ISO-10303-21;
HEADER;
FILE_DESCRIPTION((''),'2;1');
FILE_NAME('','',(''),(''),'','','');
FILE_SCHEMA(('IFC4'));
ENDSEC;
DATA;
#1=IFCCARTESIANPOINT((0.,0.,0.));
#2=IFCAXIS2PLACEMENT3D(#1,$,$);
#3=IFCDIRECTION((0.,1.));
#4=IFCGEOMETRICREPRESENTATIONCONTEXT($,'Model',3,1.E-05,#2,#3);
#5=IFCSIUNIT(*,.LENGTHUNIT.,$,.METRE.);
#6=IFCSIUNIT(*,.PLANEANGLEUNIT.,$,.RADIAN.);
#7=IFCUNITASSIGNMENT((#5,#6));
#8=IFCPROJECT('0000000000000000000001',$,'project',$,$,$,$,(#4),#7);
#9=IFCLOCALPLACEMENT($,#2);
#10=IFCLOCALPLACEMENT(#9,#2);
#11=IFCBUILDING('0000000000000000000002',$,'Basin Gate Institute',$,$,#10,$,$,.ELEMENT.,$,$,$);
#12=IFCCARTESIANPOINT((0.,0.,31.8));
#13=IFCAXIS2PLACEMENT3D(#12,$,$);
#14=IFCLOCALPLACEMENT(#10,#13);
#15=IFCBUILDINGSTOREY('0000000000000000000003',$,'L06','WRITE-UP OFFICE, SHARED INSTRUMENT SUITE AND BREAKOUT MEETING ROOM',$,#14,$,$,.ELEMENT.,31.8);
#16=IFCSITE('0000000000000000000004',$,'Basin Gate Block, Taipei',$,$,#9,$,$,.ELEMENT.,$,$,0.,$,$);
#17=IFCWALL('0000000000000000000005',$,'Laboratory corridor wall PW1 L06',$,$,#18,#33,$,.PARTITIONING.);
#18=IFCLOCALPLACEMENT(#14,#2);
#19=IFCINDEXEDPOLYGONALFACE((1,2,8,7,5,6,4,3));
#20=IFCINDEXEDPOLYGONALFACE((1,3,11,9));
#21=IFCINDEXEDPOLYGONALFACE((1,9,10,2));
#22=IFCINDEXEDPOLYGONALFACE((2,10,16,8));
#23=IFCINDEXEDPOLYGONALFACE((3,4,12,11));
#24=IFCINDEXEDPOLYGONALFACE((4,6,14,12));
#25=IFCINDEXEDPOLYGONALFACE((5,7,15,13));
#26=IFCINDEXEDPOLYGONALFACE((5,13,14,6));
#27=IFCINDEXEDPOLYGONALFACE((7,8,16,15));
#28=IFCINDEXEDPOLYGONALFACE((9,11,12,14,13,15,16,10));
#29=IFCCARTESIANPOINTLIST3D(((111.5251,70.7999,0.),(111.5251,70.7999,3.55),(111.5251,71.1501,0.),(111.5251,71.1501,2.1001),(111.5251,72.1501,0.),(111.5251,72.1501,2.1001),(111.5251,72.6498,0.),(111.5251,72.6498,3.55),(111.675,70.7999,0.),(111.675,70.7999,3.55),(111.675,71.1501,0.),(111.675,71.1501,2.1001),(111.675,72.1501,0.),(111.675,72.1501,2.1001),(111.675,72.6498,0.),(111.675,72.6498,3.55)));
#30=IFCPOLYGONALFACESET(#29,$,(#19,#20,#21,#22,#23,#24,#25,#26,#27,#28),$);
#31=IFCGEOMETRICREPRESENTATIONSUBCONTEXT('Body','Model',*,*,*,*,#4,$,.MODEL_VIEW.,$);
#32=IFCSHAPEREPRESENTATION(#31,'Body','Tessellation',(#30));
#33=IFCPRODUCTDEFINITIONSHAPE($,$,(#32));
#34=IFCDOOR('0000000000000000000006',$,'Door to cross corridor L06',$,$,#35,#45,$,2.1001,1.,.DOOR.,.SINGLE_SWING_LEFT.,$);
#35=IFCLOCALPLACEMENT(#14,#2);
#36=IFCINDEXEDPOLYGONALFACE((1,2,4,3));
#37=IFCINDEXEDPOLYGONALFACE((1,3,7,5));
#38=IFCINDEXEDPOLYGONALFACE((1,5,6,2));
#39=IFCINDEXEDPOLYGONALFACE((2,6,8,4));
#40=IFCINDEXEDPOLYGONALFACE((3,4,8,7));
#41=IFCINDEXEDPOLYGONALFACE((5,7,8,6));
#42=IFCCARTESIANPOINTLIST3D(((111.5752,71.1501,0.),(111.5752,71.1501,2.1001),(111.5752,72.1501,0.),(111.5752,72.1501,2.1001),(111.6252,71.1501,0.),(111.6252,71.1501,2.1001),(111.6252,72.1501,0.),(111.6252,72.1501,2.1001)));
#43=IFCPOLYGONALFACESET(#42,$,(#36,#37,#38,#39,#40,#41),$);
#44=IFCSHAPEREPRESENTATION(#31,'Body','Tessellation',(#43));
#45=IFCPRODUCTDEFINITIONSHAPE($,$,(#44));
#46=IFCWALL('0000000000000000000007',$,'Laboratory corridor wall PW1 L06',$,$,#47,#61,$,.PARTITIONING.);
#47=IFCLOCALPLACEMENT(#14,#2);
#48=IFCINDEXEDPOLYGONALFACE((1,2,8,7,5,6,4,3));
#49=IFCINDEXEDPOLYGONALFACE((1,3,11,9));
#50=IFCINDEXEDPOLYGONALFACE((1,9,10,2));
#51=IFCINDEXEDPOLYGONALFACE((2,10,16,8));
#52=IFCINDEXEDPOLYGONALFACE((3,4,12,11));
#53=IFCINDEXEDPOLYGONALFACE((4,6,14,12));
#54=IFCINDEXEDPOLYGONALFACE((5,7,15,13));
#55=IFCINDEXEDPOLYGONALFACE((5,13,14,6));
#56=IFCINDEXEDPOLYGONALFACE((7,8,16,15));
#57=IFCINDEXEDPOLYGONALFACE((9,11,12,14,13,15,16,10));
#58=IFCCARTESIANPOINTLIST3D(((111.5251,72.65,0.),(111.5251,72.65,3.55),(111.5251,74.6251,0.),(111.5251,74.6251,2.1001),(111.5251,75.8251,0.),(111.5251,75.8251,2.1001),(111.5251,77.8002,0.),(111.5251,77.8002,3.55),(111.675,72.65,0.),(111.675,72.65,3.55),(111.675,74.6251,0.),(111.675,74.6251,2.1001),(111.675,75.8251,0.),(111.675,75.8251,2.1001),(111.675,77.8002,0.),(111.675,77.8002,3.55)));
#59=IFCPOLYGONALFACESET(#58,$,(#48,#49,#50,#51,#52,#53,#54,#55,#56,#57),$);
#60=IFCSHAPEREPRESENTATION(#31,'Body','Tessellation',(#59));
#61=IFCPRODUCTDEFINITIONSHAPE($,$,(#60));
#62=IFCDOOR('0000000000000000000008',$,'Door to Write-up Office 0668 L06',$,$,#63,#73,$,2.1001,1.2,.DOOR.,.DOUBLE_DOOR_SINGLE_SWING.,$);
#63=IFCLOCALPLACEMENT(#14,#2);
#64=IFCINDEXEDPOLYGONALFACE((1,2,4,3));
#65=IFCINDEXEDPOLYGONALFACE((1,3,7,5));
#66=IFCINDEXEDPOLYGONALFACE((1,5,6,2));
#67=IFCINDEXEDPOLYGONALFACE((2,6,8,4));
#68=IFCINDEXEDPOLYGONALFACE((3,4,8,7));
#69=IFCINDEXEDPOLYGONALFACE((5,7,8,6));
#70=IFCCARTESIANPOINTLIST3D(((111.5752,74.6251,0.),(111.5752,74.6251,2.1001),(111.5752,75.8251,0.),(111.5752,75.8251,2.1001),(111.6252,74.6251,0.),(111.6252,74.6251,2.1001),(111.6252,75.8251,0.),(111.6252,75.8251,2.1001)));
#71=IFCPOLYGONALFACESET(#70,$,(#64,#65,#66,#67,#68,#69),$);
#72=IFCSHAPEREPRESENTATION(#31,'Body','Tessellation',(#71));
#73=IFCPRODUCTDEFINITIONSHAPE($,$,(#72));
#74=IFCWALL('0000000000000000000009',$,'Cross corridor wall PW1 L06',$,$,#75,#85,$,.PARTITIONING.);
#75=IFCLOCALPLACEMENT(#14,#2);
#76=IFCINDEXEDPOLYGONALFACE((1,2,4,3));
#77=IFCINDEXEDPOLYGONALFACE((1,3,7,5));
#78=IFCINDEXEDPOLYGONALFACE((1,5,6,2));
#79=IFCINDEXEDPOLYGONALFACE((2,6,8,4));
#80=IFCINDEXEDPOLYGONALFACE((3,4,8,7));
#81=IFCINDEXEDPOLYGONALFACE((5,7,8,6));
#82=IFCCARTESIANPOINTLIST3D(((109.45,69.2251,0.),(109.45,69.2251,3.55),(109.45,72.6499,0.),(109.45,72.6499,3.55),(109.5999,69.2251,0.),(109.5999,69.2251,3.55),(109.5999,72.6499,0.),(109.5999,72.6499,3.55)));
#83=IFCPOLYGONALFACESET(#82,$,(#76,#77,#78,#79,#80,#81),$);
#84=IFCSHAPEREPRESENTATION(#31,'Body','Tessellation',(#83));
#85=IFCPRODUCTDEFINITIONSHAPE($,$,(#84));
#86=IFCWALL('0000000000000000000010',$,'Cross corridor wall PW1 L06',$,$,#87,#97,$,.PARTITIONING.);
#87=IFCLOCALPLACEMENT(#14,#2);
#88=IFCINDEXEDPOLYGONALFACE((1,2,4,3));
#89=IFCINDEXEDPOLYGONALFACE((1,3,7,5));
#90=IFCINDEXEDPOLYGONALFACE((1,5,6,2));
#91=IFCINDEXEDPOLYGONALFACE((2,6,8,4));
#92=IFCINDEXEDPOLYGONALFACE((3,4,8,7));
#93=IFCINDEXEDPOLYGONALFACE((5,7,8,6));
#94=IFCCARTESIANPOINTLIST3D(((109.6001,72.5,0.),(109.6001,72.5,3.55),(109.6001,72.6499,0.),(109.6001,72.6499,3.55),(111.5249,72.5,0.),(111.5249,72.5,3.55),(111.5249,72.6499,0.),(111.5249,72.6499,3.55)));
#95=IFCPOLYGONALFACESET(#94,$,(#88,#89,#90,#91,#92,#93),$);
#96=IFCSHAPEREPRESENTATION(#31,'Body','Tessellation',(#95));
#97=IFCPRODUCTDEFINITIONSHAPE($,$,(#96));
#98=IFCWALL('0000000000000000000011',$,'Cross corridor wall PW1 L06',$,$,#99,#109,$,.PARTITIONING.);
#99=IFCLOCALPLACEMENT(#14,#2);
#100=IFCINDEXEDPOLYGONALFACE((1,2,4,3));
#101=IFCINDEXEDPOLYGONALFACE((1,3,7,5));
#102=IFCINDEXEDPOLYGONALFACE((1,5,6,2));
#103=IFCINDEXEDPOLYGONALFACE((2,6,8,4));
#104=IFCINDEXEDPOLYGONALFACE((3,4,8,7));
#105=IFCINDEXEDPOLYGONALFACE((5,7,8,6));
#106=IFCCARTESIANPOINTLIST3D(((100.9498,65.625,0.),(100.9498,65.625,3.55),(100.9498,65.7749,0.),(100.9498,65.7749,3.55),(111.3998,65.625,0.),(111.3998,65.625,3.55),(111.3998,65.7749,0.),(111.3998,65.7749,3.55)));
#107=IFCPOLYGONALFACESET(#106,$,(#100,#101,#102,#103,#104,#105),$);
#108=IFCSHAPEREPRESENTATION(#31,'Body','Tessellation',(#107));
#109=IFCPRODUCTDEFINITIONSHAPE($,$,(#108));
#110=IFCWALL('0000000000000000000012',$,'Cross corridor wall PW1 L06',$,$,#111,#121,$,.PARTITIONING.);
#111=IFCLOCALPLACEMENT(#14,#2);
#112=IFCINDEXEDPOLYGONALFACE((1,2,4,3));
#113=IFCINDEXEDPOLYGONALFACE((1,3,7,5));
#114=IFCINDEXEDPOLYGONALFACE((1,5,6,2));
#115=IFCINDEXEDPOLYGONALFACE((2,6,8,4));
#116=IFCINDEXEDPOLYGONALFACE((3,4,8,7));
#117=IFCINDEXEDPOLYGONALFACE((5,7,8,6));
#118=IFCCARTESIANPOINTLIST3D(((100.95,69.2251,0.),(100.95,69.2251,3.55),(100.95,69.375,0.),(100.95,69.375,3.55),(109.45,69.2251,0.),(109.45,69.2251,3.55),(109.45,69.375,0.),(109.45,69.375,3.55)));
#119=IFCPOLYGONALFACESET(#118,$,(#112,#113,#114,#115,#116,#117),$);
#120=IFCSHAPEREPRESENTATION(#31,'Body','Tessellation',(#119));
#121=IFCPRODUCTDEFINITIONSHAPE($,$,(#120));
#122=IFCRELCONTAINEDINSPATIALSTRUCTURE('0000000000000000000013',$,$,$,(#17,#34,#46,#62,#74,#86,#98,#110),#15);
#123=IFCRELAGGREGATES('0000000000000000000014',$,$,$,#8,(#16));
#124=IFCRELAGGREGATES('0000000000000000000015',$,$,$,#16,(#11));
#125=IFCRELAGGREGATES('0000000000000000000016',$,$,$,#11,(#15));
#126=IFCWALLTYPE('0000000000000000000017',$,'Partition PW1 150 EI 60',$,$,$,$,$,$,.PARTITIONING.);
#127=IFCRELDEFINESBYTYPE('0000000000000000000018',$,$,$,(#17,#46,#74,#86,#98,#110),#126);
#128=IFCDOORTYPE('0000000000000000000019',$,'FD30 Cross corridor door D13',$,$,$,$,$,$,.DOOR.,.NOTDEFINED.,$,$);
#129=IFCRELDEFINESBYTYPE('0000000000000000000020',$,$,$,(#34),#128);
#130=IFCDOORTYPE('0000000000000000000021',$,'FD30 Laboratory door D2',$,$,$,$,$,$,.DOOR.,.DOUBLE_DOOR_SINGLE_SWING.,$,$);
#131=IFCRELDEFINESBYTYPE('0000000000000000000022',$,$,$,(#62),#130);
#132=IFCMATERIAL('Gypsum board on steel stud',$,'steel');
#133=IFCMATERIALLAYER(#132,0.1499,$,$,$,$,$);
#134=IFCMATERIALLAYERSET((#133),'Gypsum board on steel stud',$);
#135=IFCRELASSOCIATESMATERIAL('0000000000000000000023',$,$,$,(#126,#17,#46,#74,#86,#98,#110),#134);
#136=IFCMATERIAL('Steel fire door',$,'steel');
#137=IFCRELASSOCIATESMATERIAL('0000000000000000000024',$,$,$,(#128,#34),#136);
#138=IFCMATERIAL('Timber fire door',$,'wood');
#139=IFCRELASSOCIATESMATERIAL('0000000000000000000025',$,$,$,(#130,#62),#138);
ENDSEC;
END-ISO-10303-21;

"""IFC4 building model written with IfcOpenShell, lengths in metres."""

from ifc_helpers import new_model, si_unit, direction, frame, frame_2d, origin, place, context, subcontext, project, spatial, rectangle, extrude, material, layer, layer_set, type_object, element, fill, save


model = new_model("IFC4")

# Units and contexts
model_context = context("Model", 3, precision=1e-05, world=origin(), true_north=direction((0.0, 1.0)))
body_context = subcontext(model_context, "Body", "Model", "MODEL_VIEW")
ifc_project = project(units=[si_unit("LENGTHUNIT", "METRE"), si_unit("PLANEANGLEUNIT", "RADIAN")], contexts=[model_context])

# Site, building, storey
site_placement = place(None, origin())
site = spatial("IfcSite", under=ifc_project, at=site_placement, Name="Basin Gate Block, Taipei", CompositionType="ELEMENT", RefElevation=0.0)
building_placement = place(site_placement, origin())
building = spatial("IfcBuilding", under=site, at=building_placement, Name="Basin Gate Institute", CompositionType="ELEMENT")
storey_placement = place(building_placement, frame((0.0, 0.0, 31.8)))
storey = spatial("IfcBuildingStorey", under=building, at=storey_placement, Name="L06", Description="WRITE-UP OFFICE, SHARED INSTRUMENT SUITE AND BREAKOUT MEETING ROOM", CompositionType="ELEMENT", Elevation=31.8)

# Walls, openings, doors
ifc_material_1 = material(Name="Gypsum board on steel stud", Category="steel")
ifc_layer_1 = layer(ifc_material_1, 0.1499)
ifc_layer_set_1 = layer_set([ifc_layer_1], Name="Gypsum board on steel stud")
wall_type_1 = type_object("IfcWallType", Name="Partition PW1 150 EI 60", PredefinedType="PARTITIONING", material=ifc_layer_set_1)
wall_1_placement = place(storey_placement, frame((111.6001, 70.8, 0.0), z_axis=(0.0, 0.0, 1.0), x_axis=(0.0, 1.0, 0.0)))
wall_1 = element("IfcWall", 1, at=wall_1_placement, inside=storey, type_object=wall_type_1, material=ifc_layer_set_1, Name="Laboratory corridor wall PW1 L06", PredefinedType="PARTITIONING", context=body_context, shape_type="SweptSolid", body=[
    extrude(rectangle(XDim=1.8499, YDim=0.1499, at=frame_2d((0.9248, 0.0))), origin(), (0.0, 0.0, 1.0), 3.55),
])
opening_1_placement = place(wall_1_placement, frame((0.3501, 0.0, 0.0)))
opening_1 = element("IfcOpeningElement", 2, at=opening_1_placement, cuts=wall_1, PredefinedType="OPENING", context=body_context, shape_type="SweptSolid", body=[
    extrude(rectangle(XDim=1.0, YDim=2.1001, at=frame_2d((0.5, 1.05))), frame((0.0, 0.085, 0.0), z_axis=(0.0, -1.0, 0.0), x_axis=(1.0, 0.0, 0.0)), (0.0, 0.0, 1.0), 0.1699),
])
ifc_material_2 = material(Name="Steel fire door", Category="steel")
door_type_1 = type_object("IfcDoorType", Name="FD30 Cross corridor door D13", OperationType="NOTDEFINED", PredefinedType="DOOR", material=ifc_material_2)
door_1_placement = place(opening_1_placement, origin())
door_1 = element("IfcDoor", 3, at=door_1_placement, inside=storey, type_object=door_type_1, material=ifc_material_2, Name="Door to cross corridor L06", OperationType="SINGLE_SWING_LEFT", OverallHeight=2.1001, OverallWidth=1.0, PredefinedType="DOOR", context=body_context, shape_type="SweptSolid", body=[
    extrude(rectangle(XDim=1.0, YDim=2.1001, at=frame_2d((0.5, 1.05))), frame((0.0, 0.0249, 0.0), z_axis=(0.0, -1.0, 0.0), x_axis=(1.0, 0.0, 0.0)), (0.0, 0.0, 1.0), 0.05),
])
fill(opening_1, door_1)
wall_2_placement = place(storey_placement, frame((111.6001, 72.6499, 0.0), z_axis=(0.0, 0.0, 1.0), x_axis=(0.0, 1.0, 0.0)))
wall_2 = element("IfcWall", 4, at=wall_2_placement, inside=storey, type_object=wall_type_1, material=ifc_layer_set_1, Name="Laboratory corridor wall PW1 L06", PredefinedType="PARTITIONING", context=body_context, shape_type="SweptSolid", body=[
    extrude(rectangle(XDim=5.1501, YDim=0.1499, at=frame_2d((2.5752, 0.0))), origin(), (0.0, 0.0, 1.0), 3.55),
])
opening_2_placement = place(wall_2_placement, frame((1.9751, 0.0, 0.0)))
opening_2 = element("IfcOpeningElement", 5, at=opening_2_placement, cuts=wall_2, PredefinedType="OPENING", context=body_context, shape_type="SweptSolid", body=[
    extrude(rectangle(XDim=1.2, YDim=2.1001, at=frame_2d((0.6001, 1.05))), frame((0.0, 0.085, 0.0), z_axis=(0.0, -1.0, 0.0), x_axis=(1.0, 0.0, 0.0)), (0.0, 0.0, 1.0), 0.1699),
])
ifc_material_3 = material(Name="Timber fire door", Category="wood")
door_type_2 = type_object("IfcDoorType", Name="FD30 Laboratory door D2", OperationType="DOUBLE_DOOR_SINGLE_SWING", PredefinedType="DOOR", material=ifc_material_3)
door_2_placement = place(opening_2_placement, origin())
door_2 = element("IfcDoor", 6, at=door_2_placement, inside=storey, type_object=door_type_2, material=ifc_material_3, Name="Door to Write-up Office 0668 L06", OperationType="DOUBLE_DOOR_SINGLE_SWING", OverallHeight=2.1001, OverallWidth=1.2, PredefinedType="DOOR", context=body_context, shape_type="SweptSolid", body=[
    extrude(rectangle(XDim=1.2, YDim=2.1001, at=frame_2d((0.6001, 1.05))), frame((0.0, 0.0249, 0.0), z_axis=(0.0, -1.0, 0.0), x_axis=(1.0, 0.0, 0.0)), (0.0, 0.0, 1.0), 0.05),
])
fill(opening_2, door_2)

# Walls
wall_3_placement = place(storey_placement, frame((109.5249, 69.2251, 0.0), z_axis=(0.0, 0.0, 1.0), x_axis=(0.0, 1.0, 0.0)))
element("IfcWall", 7, at=wall_3_placement, inside=storey, type_object=wall_type_1, material=ifc_layer_set_1, Name="Cross corridor wall PW1 L06", PredefinedType="PARTITIONING", context=body_context, shape_type="SweptSolid", body=[
    extrude(rectangle(XDim=3.4248, YDim=0.1499, at=frame_2d((1.7124, 0.0))), origin(), (0.0, 0.0, 1.0), 3.55),
])
wall_4_placement = place(storey_placement, frame((111.5249, 72.575, 0.0), z_axis=(0.0, 0.0, 1.0), x_axis=(-1.0, 0.0, 0.0)))
element("IfcWall", 8, at=wall_4_placement, inside=storey, type_object=wall_type_1, material=ifc_layer_set_1, Name="Cross corridor wall PW1 L06", PredefinedType="PARTITIONING", context=body_context, shape_type="SweptSolid", body=[
    extrude(rectangle(XDim=1.9248, YDim=0.1499, at=frame_2d((0.9624, 0.0))), origin(), (0.0, 0.0, 1.0), 3.55),
])
wall_5_placement = place(storey_placement, frame((111.3999, 65.7, 0.0), z_axis=(0.0, 0.0, 1.0), x_axis=(-1.0, 0.0, 0.0)))
element("IfcWall", 9, at=wall_5_placement, inside=storey, type_object=wall_type_1, material=ifc_layer_set_1, Name="Cross corridor wall PW1 L06", PredefinedType="PARTITIONING", context=body_context, shape_type="SweptSolid", body=[
    extrude(rectangle(XDim=10.45, YDim=0.1499, at=frame_2d((5.2251, 0.0))), origin(), (0.0, 0.0, 1.0), 3.55),
])
wall_6_placement = place(storey_placement, frame((109.45, 69.3, 0.0), z_axis=(0.0, 0.0, 1.0), x_axis=(-1.0, 0.0, 0.0)))
element("IfcWall", 10, at=wall_6_placement, inside=storey, type_object=wall_type_1, material=ifc_layer_set_1, Name="Cross corridor wall PW1 L06", PredefinedType="PARTITIONING", context=body_context, shape_type="SweptSolid", body=[
    extrude(rectangle(XDim=8.5, YDim=0.1499, at=frame_2d((4.25, 0.0))), origin(), (0.0, 0.0, 1.0), 3.55),
])

save(model, "model.ifc")
